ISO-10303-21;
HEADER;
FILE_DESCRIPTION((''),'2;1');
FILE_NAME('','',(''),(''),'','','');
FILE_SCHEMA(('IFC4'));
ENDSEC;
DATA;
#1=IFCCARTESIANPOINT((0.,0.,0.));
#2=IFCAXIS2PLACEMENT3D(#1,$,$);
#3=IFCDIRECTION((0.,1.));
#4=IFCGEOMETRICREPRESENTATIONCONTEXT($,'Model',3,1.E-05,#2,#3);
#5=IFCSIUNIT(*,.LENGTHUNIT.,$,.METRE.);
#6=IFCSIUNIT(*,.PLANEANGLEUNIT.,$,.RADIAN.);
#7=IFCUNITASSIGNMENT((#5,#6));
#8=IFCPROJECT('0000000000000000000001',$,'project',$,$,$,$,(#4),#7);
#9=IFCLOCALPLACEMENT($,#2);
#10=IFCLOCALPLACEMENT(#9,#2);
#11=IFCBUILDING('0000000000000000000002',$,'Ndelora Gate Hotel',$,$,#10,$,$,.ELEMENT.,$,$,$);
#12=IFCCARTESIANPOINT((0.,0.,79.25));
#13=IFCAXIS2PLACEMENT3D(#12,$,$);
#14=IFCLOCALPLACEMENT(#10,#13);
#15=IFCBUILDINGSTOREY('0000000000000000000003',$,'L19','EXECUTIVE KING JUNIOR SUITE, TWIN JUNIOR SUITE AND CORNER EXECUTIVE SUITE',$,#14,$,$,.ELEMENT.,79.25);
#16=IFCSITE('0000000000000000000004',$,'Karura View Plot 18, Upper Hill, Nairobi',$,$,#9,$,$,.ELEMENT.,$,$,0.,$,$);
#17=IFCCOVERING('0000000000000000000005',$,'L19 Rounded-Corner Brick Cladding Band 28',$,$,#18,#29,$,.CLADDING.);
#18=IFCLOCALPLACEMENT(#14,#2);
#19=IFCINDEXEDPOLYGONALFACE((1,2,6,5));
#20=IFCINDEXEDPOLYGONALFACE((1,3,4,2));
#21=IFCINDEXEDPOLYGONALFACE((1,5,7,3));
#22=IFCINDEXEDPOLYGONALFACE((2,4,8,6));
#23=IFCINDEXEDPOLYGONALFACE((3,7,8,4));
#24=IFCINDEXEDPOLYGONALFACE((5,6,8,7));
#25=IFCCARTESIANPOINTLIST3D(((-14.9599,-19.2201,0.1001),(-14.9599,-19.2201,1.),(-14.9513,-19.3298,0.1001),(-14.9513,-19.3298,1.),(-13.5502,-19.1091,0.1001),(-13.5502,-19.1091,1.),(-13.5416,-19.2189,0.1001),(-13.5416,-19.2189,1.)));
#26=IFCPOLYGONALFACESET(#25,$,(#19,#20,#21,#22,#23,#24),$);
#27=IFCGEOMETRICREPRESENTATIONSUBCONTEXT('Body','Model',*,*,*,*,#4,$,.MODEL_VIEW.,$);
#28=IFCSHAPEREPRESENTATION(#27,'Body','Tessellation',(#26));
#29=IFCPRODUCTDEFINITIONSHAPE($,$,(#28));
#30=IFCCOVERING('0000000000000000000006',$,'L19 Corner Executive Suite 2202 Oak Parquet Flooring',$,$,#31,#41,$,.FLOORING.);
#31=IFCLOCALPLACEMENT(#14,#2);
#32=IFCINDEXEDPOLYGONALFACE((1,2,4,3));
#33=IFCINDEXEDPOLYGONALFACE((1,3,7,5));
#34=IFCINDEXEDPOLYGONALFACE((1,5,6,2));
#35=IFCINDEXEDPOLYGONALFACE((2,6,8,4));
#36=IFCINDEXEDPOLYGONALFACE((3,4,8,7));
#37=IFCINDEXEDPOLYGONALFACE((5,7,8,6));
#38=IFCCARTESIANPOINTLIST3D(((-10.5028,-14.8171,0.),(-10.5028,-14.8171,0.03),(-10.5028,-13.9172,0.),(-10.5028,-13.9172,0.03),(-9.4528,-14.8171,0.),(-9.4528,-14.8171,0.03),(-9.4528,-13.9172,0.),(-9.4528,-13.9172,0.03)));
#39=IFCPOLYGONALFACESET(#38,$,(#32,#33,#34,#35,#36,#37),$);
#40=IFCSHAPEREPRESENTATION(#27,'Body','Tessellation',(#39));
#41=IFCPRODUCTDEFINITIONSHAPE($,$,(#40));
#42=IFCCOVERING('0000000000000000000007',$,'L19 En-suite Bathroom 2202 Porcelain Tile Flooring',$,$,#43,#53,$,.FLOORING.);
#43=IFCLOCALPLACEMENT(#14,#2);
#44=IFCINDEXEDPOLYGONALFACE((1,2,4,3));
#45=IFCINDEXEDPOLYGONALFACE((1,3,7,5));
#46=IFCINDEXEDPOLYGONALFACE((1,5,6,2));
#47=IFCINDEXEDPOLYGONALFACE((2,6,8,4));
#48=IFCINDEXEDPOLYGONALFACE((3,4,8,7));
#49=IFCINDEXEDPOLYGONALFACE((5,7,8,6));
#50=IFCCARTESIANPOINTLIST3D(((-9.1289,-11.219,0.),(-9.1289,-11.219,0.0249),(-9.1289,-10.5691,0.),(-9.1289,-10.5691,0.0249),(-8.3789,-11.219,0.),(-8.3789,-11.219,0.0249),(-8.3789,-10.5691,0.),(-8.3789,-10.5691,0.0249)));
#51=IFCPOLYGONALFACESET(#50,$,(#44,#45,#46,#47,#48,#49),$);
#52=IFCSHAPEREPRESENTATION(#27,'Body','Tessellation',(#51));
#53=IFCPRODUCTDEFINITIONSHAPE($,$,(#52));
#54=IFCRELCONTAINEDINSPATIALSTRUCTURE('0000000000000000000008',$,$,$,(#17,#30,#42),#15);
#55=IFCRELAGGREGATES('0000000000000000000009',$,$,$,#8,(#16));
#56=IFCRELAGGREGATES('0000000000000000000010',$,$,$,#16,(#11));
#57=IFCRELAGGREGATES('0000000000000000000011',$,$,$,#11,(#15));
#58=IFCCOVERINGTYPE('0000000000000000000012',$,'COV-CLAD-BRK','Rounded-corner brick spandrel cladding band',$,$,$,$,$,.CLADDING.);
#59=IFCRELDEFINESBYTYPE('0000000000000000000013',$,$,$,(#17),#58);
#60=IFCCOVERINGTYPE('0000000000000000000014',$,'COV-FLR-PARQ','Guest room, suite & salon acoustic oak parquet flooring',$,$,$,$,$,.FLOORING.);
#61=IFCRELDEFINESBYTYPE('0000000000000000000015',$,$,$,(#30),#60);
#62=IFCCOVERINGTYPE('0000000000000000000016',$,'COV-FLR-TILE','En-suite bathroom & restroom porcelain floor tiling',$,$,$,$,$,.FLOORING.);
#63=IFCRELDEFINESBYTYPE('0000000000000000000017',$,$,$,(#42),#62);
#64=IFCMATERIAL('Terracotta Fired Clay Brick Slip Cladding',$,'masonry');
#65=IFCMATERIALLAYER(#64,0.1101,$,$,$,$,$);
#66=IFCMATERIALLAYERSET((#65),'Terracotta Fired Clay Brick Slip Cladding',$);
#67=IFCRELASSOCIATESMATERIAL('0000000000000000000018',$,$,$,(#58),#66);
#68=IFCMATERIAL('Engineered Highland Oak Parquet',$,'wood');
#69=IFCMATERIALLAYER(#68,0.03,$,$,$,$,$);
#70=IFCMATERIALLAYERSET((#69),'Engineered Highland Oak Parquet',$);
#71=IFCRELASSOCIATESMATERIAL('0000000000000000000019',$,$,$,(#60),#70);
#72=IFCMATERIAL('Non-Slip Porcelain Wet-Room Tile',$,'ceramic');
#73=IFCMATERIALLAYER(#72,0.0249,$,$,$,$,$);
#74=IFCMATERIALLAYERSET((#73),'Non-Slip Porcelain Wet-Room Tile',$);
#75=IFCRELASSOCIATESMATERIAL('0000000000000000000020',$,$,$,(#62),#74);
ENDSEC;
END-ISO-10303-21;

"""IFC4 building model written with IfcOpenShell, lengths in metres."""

from ifc_helpers import new_model, si_unit, direction, frame, origin, origin_2d, place, context, subcontext, project, spatial, rectangle, extrude, material, layer, layer_set, type_object, element, save


model = new_model("IFC4")

# Units and contexts
model_context = context("Model", 3, precision=1e-05, world=origin(), true_north=direction((0.0, 1.0)))
body_context = subcontext(model_context, "Body", "Model", "MODEL_VIEW")
ifc_project = project(units=[si_unit("LENGTHUNIT", "METRE"), si_unit("PLANEANGLEUNIT", "RADIAN")], contexts=[model_context])

# Site, building, storey
site_placement = place(None, origin())
site = spatial("IfcSite", under=ifc_project, at=site_placement, Name="Karura View Plot 18, Upper Hill, Nairobi", CompositionType="ELEMENT", RefElevation=0.0)
building_placement = place(site_placement, origin())
building = spatial("IfcBuilding", under=site, at=building_placement, Name="Ndelora Gate Hotel", CompositionType="ELEMENT")
storey_placement = place(building_placement, frame((0.0, 0.0, 79.25)))
storey = spatial("IfcBuildingStorey", under=building, at=storey_placement, Name="L19", Description="EXECUTIVE KING JUNIOR SUITE, TWIN JUNIOR SUITE AND CORNER EXECUTIVE SUITE", CompositionType="ELEMENT", Elevation=79.25)

# Coverings
ifc_material_1 = material(Name="Terracotta Fired Clay Brick Slip Cladding", Category="masonry")
ifc_layer_1 = layer(ifc_material_1, 0.1101)
ifc_layer_set_1 = layer_set([ifc_layer_1], Name="Terracotta Fired Clay Brick Slip Cladding")
covering_type_1 = type_object("IfcCoveringType", Name="COV-CLAD-BRK", Description="Rounded-corner brick spandrel cladding band", PredefinedType="CLADDING", material=ifc_layer_set_1)
for number, where, z_axis, x_axis, name in (
    (1, (-14.2507, -19.2195, 0.1001), (0.0, 0.0, 1.0), (0.996917, 0.078459, 0.0), "L19 Rounded-Corner Brick Cladding Band 28"),
):
    element("IfcCovering", number, at=place(storey_placement, frame(where, z_axis=z_axis, x_axis=x_axis)), inside=storey, type_object=covering_type_1, Name=name, PredefinedType="CLADDING", context=body_context, shape_type="SweptSolid", body=[
        extrude(rectangle(XDim=1.4141, YDim=0.1101, at=origin_2d()), origin(), (0.0, 0.0, 1.0), 0.8999),
    ])
ifc_material_2 = material(Name="Engineered Highland Oak Parquet", Category="wood")
ifc_layer_2 = layer(ifc_material_2, 0.03)
ifc_layer_set_2 = layer_set([ifc_layer_2], Name="Engineered Highland Oak Parquet")
covering_type_2 = type_object("IfcCoveringType", Name="COV-FLR-PARQ", Description="Guest room, suite & salon acoustic oak parquet flooring", PredefinedType="FLOORING", material=ifc_layer_set_2)
covering_1_placement = place(storey_placement, frame((-9.9778, -14.3672, 0.0), z_axis=(0.0, 0.0, 1.0), x_axis=(1.0, 0.0, 0.0)))
element("IfcCovering", 2, at=covering_1_placement, inside=storey, type_object=covering_type_2, Name="L19 Corner Executive Suite 2202 Oak Parquet Flooring", PredefinedType="FLOORING", context=body_context, shape_type="SweptSolid", body=[
    extrude(rectangle(XDim=1.05, YDim=0.8999, at=origin_2d()), origin(), (0.0, 0.0, 1.0), 0.03),
])
ifc_material_3 = material(Name="Non-Slip Porcelain Wet-Room Tile", Category="ceramic")
ifc_layer_3 = layer(ifc_material_3, 0.0249)
ifc_layer_set_3 = layer_set([ifc_layer_3], Name="Non-Slip Porcelain Wet-Room Tile")
covering_type_3 = type_object("IfcCoveringType", Name="COV-FLR-TILE", Description="En-suite bathroom & restroom porcelain floor tiling", PredefinedType="FLOORING", material=ifc_layer_set_3)
covering_2_placement = place(storey_placement, frame((-8.7539, -10.894, 0.0), z_axis=(0.0, 0.0, 1.0), x_axis=(1.0, 0.0, 0.0)))
element("IfcCovering", 3, at=covering_2_placement, inside=storey, type_object=covering_type_3, Name="L19 En-suite Bathroom 2202 Porcelain Tile Flooring", PredefinedType="FLOORING", context=body_context, shape_type="SweptSolid", body=[
    extrude(rectangle(XDim=0.75, YDim=0.6499, at=origin_2d()), origin(), (0.0, 0.0, 1.0), 0.0249),
])

save(model, "model.ifc")
